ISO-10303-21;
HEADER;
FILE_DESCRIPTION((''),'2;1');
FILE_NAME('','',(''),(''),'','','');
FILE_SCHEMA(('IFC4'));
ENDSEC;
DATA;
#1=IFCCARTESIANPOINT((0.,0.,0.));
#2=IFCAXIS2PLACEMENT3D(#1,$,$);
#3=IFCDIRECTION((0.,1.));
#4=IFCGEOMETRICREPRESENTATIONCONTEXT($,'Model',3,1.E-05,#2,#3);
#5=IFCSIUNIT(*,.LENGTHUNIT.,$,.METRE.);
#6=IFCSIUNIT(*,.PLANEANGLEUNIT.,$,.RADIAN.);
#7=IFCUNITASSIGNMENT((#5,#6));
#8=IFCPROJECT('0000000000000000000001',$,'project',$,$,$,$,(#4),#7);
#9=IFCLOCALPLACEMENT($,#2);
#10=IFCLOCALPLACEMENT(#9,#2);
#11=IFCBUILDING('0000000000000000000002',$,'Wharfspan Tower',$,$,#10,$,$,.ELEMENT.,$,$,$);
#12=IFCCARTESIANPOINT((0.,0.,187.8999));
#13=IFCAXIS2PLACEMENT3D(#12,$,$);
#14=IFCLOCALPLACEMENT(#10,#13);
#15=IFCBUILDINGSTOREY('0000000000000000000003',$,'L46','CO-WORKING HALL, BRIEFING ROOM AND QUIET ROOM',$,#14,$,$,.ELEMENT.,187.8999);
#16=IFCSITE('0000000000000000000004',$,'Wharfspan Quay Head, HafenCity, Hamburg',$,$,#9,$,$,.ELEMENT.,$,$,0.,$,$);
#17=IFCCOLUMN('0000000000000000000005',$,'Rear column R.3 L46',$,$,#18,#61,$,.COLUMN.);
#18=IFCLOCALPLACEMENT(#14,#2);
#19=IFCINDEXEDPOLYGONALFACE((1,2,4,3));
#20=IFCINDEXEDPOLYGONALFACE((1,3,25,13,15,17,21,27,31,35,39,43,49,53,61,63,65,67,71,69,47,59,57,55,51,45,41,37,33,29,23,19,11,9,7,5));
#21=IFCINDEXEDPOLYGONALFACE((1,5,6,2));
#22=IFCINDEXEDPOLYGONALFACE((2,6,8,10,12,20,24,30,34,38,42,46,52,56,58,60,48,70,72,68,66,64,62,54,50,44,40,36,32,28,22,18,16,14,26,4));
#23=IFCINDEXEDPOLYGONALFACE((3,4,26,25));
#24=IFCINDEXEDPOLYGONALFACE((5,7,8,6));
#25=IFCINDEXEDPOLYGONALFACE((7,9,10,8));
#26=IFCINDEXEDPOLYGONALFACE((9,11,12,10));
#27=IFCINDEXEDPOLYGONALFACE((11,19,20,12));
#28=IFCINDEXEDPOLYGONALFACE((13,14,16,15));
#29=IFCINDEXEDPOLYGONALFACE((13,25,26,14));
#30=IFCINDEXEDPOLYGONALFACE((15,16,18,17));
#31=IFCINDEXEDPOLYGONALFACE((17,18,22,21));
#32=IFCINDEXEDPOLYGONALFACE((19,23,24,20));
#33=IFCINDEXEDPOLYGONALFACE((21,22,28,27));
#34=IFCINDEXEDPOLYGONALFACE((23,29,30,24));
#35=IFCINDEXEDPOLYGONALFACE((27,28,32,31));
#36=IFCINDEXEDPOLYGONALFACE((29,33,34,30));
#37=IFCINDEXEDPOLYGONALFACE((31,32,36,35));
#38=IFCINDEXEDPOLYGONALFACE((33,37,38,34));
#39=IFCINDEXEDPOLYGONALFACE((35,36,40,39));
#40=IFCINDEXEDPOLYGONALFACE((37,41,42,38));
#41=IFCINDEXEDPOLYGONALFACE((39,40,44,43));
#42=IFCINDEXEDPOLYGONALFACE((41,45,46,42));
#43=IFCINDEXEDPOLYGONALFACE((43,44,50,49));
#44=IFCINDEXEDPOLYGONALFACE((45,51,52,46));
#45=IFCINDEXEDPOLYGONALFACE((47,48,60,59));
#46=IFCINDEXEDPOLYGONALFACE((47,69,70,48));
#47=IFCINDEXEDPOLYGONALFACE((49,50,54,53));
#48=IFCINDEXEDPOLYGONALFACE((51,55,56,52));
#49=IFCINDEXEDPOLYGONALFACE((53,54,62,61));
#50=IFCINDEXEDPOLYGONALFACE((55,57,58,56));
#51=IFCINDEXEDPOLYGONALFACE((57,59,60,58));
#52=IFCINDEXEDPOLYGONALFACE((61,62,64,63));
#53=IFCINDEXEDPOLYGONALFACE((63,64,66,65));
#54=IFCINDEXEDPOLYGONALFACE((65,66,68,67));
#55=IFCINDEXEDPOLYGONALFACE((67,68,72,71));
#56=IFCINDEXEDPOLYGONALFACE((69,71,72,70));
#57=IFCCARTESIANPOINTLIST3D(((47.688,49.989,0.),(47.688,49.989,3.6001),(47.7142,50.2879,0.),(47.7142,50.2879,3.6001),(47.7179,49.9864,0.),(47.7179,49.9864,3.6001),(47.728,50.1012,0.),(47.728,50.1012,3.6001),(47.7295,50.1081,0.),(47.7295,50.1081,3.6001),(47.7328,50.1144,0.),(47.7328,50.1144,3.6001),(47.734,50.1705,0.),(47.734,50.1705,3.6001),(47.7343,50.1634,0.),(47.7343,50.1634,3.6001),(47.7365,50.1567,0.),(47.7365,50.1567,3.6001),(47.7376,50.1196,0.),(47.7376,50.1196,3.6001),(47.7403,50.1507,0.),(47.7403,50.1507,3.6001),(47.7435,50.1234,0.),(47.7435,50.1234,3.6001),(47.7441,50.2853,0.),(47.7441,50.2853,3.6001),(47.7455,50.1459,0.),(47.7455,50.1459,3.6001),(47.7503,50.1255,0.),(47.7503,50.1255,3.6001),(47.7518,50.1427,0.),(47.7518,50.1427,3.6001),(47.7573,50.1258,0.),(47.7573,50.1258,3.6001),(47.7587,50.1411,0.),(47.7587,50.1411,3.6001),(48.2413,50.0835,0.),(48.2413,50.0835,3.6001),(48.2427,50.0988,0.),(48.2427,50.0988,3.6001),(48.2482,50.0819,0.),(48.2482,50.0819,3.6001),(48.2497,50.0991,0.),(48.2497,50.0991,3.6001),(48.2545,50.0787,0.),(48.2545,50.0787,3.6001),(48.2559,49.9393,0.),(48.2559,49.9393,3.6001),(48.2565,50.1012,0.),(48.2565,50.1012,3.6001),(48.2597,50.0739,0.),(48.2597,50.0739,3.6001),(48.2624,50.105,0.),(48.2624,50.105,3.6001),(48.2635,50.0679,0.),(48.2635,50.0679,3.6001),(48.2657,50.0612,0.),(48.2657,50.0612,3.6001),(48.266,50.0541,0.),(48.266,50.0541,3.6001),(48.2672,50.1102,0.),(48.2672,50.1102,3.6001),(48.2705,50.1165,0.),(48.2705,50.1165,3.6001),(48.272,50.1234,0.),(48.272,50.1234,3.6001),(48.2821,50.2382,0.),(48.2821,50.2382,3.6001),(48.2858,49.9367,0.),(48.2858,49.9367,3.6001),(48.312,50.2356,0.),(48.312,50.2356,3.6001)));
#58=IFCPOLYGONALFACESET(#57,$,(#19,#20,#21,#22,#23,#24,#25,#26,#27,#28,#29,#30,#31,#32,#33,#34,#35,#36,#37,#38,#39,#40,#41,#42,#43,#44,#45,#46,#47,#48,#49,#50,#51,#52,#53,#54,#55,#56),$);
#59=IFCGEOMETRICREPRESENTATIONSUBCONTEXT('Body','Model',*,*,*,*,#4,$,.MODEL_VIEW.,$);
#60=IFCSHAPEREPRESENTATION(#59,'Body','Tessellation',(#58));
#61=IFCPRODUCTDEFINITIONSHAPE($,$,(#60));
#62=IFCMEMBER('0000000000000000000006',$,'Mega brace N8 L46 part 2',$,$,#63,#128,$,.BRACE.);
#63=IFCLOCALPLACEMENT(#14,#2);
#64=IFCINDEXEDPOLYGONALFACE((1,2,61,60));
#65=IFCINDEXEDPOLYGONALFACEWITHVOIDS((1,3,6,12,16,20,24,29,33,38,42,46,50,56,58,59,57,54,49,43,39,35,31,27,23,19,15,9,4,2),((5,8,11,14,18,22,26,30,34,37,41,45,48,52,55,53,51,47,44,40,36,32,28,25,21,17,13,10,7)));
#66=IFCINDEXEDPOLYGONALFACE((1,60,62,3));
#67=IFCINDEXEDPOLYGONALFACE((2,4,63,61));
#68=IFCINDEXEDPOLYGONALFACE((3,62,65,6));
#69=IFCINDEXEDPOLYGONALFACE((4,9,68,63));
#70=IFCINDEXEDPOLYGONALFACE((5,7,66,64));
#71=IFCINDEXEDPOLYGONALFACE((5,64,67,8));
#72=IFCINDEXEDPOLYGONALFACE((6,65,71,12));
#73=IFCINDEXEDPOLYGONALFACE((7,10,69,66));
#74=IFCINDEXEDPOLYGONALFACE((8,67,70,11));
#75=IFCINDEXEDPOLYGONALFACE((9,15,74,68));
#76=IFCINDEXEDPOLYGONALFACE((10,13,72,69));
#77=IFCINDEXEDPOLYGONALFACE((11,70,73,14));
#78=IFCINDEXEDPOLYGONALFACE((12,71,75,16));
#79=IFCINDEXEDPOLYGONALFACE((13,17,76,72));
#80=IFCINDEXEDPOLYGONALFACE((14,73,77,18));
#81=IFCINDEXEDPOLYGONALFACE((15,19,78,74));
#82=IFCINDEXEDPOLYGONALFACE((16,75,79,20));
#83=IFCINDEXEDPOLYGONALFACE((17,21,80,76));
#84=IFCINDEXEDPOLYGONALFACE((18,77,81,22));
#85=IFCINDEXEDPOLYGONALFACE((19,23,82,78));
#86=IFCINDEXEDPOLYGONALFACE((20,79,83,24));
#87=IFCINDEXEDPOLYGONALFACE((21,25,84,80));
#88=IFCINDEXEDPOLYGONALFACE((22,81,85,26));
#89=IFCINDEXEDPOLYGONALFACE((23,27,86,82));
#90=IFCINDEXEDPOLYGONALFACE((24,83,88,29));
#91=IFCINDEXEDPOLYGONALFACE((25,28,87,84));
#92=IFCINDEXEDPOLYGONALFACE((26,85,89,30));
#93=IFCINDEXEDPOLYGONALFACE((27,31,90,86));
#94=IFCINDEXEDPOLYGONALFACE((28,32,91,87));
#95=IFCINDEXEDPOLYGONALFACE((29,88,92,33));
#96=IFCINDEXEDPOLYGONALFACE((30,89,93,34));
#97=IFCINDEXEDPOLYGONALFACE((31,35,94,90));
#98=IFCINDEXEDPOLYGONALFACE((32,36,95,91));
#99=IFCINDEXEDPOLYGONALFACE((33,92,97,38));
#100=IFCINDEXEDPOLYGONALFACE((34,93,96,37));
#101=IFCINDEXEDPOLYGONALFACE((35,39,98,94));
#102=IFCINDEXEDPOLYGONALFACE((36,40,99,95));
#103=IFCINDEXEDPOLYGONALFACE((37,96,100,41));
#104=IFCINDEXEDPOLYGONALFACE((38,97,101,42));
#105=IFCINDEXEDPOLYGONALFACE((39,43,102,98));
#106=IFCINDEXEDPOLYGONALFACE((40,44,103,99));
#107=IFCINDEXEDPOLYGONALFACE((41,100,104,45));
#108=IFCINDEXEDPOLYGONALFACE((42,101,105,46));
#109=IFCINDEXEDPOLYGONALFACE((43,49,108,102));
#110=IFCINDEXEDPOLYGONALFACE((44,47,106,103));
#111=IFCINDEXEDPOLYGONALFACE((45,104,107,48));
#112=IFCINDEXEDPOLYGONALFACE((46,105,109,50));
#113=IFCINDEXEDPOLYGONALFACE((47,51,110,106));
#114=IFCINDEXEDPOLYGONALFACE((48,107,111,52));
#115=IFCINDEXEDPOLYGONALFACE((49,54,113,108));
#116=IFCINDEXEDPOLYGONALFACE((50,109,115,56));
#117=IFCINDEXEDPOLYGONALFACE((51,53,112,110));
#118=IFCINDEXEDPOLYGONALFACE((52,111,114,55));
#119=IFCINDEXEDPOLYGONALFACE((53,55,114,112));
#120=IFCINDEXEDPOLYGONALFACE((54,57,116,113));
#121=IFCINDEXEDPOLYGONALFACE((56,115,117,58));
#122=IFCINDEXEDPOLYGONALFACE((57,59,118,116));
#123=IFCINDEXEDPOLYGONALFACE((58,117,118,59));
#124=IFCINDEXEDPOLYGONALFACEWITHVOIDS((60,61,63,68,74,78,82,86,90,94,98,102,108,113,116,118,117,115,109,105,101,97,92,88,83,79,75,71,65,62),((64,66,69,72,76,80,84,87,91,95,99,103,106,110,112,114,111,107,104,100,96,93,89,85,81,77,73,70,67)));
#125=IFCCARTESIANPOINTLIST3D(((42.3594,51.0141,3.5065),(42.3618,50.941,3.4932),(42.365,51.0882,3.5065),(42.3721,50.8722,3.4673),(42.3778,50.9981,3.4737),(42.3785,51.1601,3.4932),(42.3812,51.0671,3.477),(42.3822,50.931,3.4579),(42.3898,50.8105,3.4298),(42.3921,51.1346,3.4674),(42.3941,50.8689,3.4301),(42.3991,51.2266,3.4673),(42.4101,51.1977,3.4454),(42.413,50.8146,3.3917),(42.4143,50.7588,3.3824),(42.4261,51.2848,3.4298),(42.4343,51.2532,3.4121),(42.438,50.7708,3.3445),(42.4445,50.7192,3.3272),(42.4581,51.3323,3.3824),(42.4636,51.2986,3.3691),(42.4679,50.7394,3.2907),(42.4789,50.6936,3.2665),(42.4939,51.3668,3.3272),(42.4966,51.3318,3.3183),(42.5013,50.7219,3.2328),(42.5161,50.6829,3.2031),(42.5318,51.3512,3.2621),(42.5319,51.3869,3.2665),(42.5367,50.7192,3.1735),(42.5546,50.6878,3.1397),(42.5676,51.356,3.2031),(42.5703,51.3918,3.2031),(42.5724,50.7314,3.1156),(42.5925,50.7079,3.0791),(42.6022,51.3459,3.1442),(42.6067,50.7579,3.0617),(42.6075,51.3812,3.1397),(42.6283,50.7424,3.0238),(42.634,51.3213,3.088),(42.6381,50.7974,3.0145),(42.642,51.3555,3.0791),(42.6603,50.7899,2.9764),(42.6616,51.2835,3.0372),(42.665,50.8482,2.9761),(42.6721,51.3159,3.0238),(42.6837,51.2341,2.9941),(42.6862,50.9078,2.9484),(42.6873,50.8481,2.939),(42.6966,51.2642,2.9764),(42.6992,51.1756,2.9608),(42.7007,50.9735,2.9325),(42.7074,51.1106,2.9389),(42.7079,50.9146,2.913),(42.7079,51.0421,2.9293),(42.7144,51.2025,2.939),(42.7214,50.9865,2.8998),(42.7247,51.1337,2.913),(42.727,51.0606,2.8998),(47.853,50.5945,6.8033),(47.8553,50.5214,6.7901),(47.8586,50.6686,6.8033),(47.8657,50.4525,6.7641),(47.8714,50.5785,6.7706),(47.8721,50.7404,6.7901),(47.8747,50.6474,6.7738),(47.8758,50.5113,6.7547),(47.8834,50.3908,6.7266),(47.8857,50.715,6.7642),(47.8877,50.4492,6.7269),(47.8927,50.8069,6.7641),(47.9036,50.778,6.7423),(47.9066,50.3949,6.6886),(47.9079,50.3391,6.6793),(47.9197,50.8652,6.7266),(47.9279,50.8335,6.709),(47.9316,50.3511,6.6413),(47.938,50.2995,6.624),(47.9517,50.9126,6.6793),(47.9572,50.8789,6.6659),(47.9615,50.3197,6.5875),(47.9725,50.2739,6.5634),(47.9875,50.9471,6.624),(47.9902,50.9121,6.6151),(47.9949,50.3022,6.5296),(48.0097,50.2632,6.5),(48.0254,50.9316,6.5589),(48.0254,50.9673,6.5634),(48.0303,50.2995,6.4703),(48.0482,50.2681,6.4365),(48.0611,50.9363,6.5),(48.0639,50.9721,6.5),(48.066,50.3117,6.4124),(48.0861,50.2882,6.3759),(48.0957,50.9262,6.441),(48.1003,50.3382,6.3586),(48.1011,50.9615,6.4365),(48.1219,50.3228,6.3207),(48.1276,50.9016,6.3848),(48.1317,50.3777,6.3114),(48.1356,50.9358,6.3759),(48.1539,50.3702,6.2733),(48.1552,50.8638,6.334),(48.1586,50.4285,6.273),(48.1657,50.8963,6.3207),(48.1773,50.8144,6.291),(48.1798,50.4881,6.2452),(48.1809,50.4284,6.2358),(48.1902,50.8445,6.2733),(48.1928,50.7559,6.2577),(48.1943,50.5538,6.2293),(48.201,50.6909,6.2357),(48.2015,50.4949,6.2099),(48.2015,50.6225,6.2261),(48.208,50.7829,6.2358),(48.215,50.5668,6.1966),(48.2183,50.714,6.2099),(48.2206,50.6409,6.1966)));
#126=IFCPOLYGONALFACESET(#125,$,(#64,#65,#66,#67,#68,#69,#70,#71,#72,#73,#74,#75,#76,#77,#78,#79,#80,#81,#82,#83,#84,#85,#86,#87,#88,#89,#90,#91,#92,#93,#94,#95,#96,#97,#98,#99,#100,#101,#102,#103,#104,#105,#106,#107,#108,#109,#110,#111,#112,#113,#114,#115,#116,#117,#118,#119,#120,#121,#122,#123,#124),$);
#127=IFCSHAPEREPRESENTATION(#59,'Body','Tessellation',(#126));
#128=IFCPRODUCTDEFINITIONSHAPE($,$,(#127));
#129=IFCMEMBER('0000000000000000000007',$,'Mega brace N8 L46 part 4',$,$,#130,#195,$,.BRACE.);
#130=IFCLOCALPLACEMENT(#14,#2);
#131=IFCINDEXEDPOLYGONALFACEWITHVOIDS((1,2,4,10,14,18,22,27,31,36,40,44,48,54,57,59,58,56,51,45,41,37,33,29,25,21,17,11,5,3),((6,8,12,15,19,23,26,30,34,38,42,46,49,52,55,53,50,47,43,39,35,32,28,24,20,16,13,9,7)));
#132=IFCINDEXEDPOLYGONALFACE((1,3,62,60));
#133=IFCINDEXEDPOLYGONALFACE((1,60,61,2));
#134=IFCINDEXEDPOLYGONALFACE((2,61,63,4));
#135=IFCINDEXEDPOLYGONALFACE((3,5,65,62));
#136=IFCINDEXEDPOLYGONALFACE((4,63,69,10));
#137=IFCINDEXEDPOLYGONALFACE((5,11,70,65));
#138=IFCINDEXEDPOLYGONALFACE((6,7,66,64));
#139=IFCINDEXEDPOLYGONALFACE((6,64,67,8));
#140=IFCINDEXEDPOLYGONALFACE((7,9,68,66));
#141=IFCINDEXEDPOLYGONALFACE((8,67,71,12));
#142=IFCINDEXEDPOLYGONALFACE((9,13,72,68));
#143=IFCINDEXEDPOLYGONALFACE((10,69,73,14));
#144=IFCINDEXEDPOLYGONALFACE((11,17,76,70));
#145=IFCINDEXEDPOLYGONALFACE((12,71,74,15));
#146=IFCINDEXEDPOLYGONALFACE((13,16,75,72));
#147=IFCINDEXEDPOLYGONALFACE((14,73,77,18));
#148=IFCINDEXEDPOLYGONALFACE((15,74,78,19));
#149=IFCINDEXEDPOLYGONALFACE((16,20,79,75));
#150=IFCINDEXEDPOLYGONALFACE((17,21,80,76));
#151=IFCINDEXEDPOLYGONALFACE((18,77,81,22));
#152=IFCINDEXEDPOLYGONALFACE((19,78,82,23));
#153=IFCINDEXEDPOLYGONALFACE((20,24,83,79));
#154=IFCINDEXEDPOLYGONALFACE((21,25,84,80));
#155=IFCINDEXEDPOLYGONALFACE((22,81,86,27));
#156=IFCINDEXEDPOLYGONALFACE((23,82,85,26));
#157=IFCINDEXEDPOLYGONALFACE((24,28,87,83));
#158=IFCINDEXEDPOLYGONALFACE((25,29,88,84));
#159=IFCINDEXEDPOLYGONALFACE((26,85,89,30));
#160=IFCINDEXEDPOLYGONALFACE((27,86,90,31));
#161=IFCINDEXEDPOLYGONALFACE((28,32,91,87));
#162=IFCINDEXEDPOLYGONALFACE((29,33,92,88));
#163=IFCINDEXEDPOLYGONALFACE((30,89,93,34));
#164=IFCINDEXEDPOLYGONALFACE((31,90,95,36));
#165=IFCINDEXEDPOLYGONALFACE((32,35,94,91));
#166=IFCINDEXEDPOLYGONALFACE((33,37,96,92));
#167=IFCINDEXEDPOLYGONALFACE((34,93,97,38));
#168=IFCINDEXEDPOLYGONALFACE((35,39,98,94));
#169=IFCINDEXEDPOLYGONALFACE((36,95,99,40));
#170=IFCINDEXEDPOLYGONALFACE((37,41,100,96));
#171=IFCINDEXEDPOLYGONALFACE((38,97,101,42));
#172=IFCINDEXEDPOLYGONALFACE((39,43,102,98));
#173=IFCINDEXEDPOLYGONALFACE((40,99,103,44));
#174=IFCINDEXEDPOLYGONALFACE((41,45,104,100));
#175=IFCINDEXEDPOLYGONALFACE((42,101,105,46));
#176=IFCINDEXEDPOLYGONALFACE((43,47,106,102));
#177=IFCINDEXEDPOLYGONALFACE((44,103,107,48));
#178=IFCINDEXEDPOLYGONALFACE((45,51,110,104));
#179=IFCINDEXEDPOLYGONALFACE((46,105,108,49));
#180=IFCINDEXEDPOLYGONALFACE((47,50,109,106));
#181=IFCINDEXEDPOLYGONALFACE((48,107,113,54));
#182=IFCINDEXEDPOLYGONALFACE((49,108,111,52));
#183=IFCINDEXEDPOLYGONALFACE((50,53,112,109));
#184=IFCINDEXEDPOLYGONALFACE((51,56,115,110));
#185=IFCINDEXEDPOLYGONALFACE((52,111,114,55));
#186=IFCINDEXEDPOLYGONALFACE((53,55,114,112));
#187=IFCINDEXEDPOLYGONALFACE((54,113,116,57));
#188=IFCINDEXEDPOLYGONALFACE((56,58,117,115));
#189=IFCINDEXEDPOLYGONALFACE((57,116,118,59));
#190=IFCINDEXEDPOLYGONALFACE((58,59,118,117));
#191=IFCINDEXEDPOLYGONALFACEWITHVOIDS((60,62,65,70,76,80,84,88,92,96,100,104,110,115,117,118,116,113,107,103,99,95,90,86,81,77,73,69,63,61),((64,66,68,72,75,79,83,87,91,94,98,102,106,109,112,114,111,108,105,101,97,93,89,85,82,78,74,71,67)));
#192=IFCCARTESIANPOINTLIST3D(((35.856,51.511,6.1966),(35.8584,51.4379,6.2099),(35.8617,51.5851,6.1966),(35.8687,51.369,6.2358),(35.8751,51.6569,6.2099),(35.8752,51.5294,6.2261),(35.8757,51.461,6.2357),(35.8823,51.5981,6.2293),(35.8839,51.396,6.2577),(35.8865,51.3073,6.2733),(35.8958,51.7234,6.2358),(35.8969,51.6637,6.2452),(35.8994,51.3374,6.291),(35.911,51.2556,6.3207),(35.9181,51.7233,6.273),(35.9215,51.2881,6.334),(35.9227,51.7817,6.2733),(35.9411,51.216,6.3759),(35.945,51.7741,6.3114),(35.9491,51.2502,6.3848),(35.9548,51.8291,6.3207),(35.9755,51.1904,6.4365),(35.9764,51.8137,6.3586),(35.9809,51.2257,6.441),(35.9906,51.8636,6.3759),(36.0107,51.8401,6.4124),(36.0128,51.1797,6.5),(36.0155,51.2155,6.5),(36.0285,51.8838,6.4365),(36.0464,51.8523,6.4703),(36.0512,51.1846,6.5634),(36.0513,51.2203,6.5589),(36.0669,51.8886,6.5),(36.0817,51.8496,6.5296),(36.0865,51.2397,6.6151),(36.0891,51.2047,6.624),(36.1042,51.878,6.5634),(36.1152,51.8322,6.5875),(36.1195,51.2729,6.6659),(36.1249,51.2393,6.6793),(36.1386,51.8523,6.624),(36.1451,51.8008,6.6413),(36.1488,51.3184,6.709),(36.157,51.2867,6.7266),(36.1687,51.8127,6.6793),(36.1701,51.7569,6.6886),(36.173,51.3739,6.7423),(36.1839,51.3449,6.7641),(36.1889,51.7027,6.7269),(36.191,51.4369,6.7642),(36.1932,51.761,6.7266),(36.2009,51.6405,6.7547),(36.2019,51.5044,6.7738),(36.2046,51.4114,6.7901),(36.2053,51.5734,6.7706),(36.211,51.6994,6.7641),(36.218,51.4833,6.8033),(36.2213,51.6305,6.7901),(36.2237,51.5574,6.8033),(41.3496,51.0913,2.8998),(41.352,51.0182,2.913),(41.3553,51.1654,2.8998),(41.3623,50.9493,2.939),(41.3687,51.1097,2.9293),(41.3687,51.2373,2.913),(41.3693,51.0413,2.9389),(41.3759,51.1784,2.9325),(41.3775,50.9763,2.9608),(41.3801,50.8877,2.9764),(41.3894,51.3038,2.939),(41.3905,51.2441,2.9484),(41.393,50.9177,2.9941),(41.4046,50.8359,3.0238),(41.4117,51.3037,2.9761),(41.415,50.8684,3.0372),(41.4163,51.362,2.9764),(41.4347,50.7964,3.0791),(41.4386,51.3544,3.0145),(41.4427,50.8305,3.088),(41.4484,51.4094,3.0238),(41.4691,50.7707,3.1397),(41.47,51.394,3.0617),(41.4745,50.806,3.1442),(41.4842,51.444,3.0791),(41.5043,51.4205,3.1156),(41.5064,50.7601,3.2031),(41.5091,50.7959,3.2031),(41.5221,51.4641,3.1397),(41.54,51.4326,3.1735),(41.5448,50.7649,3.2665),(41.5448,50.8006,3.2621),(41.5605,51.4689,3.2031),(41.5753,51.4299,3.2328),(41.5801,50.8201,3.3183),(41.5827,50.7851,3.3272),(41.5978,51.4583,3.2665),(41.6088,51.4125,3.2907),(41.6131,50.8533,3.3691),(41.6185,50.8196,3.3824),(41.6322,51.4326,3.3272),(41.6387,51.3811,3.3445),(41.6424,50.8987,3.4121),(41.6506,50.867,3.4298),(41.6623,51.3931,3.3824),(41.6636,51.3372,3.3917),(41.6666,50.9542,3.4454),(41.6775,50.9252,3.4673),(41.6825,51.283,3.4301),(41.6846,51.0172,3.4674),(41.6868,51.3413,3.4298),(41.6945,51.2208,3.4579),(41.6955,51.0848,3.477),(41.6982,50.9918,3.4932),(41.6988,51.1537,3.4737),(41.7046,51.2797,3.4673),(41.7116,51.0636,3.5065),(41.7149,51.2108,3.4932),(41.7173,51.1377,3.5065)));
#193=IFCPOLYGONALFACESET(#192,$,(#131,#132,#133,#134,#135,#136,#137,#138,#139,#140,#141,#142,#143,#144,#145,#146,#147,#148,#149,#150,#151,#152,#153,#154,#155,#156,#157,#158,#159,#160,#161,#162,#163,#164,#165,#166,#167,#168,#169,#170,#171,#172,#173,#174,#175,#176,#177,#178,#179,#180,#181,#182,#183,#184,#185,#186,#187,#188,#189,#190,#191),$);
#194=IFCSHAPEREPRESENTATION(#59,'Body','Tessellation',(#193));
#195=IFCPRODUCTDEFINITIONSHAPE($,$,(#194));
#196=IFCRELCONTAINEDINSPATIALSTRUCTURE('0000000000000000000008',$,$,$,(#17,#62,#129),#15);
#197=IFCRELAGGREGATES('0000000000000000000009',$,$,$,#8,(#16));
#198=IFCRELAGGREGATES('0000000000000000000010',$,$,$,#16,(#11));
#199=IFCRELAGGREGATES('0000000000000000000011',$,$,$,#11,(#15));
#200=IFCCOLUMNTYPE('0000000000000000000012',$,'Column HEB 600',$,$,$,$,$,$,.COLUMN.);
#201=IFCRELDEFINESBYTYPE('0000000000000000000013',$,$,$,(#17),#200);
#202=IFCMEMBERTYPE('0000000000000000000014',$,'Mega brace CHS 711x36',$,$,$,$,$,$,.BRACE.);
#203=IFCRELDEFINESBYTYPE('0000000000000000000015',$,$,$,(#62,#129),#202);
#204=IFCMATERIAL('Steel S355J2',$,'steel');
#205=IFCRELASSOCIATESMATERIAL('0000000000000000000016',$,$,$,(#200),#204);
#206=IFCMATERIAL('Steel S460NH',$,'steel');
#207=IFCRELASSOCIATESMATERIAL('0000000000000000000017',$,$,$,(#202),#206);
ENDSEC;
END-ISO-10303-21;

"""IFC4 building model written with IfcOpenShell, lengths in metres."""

from ifc_helpers import new_model, si_unit, direction, frame, origin, origin_2d, place, context, subcontext, project, spatial, hollow_circle, i_section, extrude, material, material_profile, profile_set, type_object, element, save


model = new_model("IFC4")

# Units and contexts
model_context = context("Model", 3, precision=1e-05, world=origin(), true_north=direction((0.0, 1.0)))
body_context = subcontext(model_context, "Body", "Model", "MODEL_VIEW")
ifc_project = project(units=[si_unit("LENGTHUNIT", "METRE"), si_unit("PLANEANGLEUNIT", "RADIAN")], contexts=[model_context])

# Site, building, storey
site_placement = place(None, origin())
site = spatial("IfcSite", under=ifc_project, at=site_placement, Name="Wharfspan Quay Head, HafenCity, Hamburg", CompositionType="ELEMENT", RefElevation=0.0)
building_placement = place(site_placement, origin())
building = spatial("IfcBuilding", under=site, at=building_placement, Name="Wharfspan Tower", CompositionType="ELEMENT")
storey_placement = place(building_placement, frame((0.0, 0.0, 187.8999)))
storey = spatial("IfcBuildingStorey", under=building, at=storey_placement, Name="L46", Description="CO-WORKING HALL, BRIEFING ROOM AND QUIET ROOM", CompositionType="ELEMENT", Elevation=187.8999)

# Column
ifc_material_1 = material(Name="Steel S355J2", Category="steel")
ifc_material_profile_1 = material_profile(ifc_material_1, i_section(OverallWidth=0.3, OverallDepth=0.6001, WebThickness=0.0154, FlangeThickness=0.03, FilletRadius=0.0271, at=origin_2d()))
ifc_profile_set_1 = profile_set([ifc_material_profile_1], Name="Steel S355J2")
column_type = type_object("IfcColumnType", Name="Column HEB 600", PredefinedType="COLUMN", material=ifc_profile_set_1)
column_placement = place(storey_placement, frame((48.0, 50.1123, 0.0), z_axis=(0.0, 0.0, 1.0), x_axis=(0.087156, 0.996198, 0.0)))
element("IfcColumn", 1, at=column_placement, inside=storey, type_object=column_type, Name="Rear column R.3 L46", PredefinedType="COLUMN", context=body_context, shape_type="SweptSolid", body=[
    extrude(i_section(OverallWidth=0.3, OverallDepth=0.6001, WebThickness=0.0154, FlangeThickness=0.03, FilletRadius=0.0271, at=origin_2d()), origin(), (0.0, 0.0, 1.0), 3.6001),
])

# Members
ifc_material_2 = material(Name="Steel S460NH", Category="steel")
ifc_material_profile_2 = material_profile(ifc_material_2, hollow_circle(Radius=0.3555, WallThickness=0.0359, at=origin_2d()))
ifc_profile_set_2 = profile_set([ifc_material_profile_2], Name="Steel S460NH")
member_type = type_object("IfcMemberType", Name="Mega brace CHS 711x36", PredefinedType="BRACE", material=ifc_profile_set_2)
for number, where, z_axis, x_axis, name in (
    (2, (42.5432, 51.0374, 3.2031), (0.855612, -0.065363, 0.513474), (0.07617, 0.997093, 0.000002), "Mega brace N8 L46 part 2"),
    (3, (41.5334, 51.1145, 3.2031), (-0.855612, 0.065363, 0.513474), (-0.07617, -0.997093, 0.000002), "Mega brace N8 L46 part 4"),
):
    element("IfcMember", number, at=place(storey_placement, frame(where, z_axis=z_axis, x_axis=x_axis)), inside=storey, type_object=member_type, Name=name, PredefinedType="BRACE", context=body_context, shape_type="SweptSolid", body=[
        extrude(hollow_circle(Radius=0.3555, WallThickness=0.0359, at=origin_2d()), origin(), (0.0, 0.0, 1.0), 6.4207),
    ])

save(model, "model.ifc")
